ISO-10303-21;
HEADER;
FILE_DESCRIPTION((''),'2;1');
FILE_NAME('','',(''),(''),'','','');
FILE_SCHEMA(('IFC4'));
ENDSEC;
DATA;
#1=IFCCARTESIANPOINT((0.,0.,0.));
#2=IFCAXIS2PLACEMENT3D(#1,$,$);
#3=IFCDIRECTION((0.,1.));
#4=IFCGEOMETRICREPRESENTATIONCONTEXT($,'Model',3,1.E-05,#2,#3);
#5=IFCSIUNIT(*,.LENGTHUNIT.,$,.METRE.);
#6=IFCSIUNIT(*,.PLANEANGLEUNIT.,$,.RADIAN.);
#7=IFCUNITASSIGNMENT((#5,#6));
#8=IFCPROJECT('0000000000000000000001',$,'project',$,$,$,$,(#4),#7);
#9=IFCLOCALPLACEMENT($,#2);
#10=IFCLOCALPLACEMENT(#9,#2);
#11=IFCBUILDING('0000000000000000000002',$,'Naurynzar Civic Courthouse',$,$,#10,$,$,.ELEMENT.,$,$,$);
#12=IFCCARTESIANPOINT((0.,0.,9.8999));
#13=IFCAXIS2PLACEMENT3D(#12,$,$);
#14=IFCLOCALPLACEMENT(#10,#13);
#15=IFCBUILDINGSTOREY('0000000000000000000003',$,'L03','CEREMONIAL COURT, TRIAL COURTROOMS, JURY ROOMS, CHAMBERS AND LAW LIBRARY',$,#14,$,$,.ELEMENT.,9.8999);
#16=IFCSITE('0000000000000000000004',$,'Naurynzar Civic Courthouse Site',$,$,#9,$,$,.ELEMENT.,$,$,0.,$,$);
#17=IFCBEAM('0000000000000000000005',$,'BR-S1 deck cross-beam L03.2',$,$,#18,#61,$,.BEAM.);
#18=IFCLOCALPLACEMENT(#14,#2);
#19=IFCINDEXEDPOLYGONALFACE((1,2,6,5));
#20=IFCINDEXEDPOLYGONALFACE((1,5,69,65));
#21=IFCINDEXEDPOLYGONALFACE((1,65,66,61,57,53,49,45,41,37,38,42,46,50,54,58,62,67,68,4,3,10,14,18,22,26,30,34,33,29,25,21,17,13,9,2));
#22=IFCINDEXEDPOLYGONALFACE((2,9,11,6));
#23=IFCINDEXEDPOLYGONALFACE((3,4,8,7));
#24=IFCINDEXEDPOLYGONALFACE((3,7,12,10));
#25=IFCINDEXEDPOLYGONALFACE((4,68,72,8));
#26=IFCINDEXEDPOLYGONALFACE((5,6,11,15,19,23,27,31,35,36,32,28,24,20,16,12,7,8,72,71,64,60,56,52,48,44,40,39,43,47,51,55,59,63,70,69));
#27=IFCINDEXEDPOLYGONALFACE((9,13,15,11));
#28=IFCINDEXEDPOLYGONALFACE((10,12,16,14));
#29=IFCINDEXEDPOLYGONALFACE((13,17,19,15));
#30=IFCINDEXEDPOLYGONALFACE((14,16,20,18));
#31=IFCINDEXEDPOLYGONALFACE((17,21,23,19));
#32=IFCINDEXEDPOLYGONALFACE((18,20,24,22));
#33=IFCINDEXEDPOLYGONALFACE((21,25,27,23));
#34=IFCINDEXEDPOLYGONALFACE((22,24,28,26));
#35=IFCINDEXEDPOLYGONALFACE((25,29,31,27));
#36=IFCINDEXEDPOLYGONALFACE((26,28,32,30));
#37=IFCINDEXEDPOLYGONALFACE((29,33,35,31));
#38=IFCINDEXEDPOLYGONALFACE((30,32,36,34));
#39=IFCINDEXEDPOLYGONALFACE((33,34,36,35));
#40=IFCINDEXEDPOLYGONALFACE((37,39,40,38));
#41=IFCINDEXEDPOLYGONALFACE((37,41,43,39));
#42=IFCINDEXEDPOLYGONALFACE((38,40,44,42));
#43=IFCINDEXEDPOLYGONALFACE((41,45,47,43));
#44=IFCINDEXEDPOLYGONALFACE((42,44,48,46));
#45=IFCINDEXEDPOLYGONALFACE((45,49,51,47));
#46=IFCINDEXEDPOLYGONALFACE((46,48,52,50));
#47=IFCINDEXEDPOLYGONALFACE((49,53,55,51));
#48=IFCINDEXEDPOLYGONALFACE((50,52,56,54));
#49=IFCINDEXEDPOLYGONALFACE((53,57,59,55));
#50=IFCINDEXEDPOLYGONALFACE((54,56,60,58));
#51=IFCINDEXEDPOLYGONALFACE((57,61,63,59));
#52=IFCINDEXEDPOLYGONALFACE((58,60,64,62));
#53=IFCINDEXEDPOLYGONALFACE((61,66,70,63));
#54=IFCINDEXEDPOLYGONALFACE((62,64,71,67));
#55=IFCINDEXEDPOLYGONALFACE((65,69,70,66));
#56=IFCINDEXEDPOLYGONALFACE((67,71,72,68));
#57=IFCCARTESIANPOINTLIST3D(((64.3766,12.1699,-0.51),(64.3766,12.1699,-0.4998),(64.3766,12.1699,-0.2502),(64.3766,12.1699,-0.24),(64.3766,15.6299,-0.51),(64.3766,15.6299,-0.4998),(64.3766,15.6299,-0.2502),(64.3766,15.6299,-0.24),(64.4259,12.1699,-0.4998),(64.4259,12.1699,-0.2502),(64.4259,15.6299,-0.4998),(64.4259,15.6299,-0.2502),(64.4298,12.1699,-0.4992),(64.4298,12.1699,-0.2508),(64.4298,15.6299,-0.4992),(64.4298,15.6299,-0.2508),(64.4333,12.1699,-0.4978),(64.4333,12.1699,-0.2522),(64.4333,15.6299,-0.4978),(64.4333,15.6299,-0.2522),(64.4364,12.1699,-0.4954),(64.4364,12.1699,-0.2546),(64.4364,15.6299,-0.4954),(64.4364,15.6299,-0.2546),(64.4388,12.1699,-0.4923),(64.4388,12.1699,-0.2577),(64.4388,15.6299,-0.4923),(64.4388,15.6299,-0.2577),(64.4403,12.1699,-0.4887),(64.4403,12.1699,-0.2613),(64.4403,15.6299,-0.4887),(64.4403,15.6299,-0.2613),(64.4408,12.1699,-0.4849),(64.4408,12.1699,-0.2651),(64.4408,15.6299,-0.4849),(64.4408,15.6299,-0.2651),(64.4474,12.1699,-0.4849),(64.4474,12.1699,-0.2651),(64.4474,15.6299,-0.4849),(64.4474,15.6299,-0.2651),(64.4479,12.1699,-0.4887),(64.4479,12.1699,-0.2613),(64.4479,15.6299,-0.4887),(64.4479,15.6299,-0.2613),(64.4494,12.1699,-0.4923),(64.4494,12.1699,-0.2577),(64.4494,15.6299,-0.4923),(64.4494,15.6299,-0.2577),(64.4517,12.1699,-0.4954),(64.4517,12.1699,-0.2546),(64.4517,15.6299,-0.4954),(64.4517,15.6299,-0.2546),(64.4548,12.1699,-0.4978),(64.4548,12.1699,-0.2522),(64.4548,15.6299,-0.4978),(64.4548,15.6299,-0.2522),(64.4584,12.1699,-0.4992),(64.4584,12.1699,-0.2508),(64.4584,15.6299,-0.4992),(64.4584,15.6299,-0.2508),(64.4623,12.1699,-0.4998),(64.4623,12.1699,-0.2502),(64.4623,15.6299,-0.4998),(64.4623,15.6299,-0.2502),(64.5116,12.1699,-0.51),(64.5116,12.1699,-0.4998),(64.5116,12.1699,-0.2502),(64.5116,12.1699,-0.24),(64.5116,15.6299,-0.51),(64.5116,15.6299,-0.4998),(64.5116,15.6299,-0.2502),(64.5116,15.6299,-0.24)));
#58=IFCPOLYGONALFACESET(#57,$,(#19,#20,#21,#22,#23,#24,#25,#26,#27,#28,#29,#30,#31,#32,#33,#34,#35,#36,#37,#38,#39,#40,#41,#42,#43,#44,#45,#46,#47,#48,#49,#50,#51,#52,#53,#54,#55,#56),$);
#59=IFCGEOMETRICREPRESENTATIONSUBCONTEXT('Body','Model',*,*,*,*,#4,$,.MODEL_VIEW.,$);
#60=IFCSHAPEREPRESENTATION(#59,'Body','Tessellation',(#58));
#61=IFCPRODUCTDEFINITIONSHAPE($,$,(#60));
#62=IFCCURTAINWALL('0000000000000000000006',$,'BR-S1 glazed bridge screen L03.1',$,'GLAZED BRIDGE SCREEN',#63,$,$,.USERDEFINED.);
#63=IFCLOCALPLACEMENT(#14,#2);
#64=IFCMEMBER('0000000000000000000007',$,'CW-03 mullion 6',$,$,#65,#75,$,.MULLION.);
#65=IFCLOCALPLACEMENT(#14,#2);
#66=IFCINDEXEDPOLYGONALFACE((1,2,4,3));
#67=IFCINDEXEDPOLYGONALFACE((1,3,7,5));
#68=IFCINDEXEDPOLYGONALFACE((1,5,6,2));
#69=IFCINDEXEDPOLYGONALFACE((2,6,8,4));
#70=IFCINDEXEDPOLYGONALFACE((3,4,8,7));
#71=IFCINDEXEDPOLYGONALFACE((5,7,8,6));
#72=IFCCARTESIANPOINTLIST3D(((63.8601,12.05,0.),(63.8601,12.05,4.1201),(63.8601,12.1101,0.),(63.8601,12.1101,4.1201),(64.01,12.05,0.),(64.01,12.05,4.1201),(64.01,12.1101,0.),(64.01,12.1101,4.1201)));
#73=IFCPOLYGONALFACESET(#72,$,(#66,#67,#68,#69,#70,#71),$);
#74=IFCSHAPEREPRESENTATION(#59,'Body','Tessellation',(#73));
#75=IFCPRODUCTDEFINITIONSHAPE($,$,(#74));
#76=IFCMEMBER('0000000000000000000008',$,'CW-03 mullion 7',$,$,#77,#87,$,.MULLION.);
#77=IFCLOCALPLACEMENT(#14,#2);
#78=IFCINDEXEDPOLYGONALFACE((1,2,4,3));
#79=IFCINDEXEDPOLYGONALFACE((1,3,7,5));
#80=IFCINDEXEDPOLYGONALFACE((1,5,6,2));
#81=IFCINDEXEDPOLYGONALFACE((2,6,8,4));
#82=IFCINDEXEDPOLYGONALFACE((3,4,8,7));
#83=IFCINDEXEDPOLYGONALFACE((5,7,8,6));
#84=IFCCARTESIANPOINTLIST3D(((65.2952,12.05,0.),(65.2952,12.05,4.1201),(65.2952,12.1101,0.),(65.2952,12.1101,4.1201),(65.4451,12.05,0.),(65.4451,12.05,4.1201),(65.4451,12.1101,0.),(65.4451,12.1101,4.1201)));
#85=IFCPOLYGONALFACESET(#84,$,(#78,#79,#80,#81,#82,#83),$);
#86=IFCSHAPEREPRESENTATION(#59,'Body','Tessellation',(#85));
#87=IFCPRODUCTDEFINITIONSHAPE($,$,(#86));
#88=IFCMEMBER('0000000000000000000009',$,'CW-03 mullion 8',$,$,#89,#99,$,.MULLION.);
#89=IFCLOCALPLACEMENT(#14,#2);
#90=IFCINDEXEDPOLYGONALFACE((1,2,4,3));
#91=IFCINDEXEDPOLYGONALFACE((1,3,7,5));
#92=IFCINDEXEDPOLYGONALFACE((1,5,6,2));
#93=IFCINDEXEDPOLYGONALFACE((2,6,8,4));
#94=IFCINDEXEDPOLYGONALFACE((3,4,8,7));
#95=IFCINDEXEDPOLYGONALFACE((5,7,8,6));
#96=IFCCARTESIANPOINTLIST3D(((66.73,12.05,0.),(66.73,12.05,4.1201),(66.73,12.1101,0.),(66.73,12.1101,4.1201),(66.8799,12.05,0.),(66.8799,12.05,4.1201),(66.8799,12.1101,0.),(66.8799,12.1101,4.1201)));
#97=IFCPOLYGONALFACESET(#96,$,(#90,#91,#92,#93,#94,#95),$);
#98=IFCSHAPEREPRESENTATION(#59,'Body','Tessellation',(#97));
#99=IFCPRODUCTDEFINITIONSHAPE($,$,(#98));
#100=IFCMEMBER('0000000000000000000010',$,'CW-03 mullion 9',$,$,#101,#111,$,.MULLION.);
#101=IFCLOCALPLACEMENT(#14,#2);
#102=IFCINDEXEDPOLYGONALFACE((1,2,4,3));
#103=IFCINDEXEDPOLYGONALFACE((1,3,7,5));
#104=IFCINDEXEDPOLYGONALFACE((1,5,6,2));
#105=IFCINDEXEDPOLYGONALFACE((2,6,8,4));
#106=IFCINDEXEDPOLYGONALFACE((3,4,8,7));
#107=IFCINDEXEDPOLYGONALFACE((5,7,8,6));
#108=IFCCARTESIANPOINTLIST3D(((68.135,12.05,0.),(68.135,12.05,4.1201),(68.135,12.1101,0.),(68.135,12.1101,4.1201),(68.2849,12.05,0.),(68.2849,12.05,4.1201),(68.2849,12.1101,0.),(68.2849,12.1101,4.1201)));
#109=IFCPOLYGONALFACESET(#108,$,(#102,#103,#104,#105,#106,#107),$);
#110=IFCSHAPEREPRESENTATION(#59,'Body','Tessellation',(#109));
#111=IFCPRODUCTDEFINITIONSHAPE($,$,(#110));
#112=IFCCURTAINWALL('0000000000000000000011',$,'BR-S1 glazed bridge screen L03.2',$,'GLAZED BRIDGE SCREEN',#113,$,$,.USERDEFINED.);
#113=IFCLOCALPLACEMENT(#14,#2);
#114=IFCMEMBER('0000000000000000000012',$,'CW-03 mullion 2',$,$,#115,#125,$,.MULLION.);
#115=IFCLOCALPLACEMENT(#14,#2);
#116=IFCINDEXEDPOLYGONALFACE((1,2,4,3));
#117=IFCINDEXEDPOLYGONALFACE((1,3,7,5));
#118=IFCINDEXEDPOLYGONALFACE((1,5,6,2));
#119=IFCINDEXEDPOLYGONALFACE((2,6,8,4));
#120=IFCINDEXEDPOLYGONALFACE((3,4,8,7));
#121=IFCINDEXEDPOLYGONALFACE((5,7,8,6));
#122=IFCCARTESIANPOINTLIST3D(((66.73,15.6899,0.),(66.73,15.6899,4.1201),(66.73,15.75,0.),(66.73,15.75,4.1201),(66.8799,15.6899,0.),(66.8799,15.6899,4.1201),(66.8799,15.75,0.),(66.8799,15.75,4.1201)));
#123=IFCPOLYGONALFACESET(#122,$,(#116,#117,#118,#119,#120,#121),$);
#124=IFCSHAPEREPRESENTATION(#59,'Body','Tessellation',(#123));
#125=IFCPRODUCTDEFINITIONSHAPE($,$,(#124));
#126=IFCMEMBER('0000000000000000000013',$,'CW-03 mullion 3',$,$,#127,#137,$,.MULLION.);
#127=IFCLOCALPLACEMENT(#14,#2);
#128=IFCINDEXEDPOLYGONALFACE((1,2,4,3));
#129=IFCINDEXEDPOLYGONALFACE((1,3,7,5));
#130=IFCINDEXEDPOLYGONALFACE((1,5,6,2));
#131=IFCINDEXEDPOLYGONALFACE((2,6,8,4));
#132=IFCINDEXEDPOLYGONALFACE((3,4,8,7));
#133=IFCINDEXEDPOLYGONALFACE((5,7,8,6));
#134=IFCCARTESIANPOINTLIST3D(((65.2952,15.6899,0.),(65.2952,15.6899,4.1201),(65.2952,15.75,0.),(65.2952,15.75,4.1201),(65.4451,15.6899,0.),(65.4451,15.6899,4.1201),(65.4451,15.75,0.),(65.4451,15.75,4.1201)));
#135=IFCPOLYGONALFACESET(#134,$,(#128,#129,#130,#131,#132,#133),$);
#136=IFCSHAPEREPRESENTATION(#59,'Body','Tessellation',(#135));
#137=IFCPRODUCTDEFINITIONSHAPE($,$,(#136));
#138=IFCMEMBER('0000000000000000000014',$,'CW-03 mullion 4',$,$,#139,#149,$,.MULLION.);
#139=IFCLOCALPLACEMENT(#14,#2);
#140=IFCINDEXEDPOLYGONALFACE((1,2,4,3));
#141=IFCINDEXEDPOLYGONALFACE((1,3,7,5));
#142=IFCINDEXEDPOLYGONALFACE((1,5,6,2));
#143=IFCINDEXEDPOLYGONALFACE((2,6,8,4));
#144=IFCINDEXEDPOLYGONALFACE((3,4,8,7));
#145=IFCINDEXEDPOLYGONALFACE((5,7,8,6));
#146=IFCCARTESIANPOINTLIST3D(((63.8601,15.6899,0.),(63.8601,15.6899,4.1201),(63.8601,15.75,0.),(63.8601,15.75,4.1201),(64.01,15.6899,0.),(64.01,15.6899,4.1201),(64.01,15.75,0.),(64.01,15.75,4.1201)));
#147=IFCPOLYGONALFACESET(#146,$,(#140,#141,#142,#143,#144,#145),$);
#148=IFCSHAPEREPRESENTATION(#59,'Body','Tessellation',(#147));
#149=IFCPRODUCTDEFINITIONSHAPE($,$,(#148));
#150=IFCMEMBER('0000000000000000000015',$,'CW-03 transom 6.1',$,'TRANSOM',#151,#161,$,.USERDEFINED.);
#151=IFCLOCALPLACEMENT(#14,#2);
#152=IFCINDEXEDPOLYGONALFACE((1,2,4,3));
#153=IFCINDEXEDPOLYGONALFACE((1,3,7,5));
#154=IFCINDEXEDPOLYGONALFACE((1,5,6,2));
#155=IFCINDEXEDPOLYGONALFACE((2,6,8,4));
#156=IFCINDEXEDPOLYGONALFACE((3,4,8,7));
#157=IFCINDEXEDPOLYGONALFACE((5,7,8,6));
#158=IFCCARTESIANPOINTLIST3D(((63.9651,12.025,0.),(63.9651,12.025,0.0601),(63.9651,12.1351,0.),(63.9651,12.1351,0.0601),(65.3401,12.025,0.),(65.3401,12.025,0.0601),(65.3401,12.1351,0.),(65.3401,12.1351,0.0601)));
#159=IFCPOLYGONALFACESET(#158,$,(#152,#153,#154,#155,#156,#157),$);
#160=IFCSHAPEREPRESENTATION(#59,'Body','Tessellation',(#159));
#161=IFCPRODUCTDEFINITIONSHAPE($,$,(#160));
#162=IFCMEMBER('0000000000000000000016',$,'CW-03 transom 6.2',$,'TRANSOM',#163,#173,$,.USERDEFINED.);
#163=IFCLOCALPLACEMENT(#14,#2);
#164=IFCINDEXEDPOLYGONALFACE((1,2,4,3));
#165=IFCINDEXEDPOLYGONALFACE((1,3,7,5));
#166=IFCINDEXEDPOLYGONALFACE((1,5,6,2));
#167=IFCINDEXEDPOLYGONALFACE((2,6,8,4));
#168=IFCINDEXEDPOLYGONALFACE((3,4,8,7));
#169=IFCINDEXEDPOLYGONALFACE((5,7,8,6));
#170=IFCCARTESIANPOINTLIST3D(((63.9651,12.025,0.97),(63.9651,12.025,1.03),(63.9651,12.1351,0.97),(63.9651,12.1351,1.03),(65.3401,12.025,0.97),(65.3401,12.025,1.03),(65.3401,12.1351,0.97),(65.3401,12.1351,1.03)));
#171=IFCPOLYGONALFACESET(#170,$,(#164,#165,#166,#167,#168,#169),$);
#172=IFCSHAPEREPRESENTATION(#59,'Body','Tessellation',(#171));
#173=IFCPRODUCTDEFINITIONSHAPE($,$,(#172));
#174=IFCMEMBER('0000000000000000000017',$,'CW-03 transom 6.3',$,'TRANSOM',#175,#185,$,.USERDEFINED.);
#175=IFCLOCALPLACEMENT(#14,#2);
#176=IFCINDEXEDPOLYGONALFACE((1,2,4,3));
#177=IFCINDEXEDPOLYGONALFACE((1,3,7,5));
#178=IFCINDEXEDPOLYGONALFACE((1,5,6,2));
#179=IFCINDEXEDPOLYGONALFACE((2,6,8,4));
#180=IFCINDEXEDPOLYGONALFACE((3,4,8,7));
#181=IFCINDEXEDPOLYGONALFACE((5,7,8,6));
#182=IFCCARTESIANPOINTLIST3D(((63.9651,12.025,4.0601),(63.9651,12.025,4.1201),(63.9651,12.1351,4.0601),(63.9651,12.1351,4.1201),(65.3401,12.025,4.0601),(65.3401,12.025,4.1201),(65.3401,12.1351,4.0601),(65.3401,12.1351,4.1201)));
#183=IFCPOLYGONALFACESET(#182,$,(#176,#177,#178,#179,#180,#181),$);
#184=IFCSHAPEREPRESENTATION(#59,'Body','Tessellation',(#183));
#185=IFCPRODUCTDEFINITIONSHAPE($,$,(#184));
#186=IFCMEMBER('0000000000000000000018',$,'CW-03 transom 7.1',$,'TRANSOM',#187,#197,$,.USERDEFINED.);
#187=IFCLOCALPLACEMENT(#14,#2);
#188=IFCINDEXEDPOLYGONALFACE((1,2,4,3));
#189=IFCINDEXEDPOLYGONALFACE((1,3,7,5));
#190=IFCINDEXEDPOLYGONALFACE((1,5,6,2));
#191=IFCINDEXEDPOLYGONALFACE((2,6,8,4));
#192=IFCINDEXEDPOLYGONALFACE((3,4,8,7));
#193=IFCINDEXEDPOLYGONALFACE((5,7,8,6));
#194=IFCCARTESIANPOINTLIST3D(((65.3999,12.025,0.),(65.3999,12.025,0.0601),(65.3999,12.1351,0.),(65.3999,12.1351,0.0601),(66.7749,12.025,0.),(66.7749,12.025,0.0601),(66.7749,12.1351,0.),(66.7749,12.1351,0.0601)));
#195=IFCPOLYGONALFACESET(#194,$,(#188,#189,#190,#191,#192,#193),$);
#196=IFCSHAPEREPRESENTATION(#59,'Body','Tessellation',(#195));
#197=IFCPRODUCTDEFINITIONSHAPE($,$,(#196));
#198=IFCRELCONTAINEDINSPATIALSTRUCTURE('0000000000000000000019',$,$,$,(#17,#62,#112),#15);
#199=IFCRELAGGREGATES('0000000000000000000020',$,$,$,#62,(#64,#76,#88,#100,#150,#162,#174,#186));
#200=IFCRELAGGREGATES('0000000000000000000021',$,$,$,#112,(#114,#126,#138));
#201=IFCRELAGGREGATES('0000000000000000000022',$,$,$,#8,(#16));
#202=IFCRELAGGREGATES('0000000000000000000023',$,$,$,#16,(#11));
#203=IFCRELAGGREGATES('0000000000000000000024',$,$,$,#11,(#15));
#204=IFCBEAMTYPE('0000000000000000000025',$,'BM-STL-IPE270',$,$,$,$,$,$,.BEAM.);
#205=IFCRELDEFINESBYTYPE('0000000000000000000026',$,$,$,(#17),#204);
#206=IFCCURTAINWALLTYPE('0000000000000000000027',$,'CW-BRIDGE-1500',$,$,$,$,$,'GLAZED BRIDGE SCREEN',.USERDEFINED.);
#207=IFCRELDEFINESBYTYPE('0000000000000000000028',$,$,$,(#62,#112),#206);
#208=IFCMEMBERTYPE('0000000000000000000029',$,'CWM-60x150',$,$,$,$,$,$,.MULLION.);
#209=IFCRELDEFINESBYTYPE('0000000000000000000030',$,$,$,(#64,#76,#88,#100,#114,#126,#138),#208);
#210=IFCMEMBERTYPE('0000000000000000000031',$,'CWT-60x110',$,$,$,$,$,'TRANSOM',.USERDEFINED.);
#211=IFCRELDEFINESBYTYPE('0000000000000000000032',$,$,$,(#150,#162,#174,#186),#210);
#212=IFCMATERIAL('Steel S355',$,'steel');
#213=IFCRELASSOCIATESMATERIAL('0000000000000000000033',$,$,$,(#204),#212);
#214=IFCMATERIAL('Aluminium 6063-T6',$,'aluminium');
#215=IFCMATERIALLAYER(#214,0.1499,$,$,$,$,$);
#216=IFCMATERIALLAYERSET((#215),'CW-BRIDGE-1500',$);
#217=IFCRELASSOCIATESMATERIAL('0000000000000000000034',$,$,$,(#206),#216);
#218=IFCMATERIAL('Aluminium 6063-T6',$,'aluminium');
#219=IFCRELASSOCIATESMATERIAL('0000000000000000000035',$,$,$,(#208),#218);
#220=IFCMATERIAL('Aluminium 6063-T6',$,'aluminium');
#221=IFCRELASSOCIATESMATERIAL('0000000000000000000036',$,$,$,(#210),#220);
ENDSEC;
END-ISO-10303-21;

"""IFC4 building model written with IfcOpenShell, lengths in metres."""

from ifc_helpers import new_model, si_unit, direction, frame, origin, origin_2d, place, context, subcontext, project, spatial, rectangle, i_section, extrude, material, layer, layer_set, material_profile, profile_set, type_object, element, aggregate, save


model = new_model("IFC4")

# Units and contexts
model_context = context("Model", 3, precision=1e-05, world=origin(), true_north=direction((0.0, 1.0)))
body_context = subcontext(model_context, "Body", "Model", "MODEL_VIEW")
ifc_project = project(units=[si_unit("LENGTHUNIT", "METRE"), si_unit("PLANEANGLEUNIT", "RADIAN")], contexts=[model_context])

# Site, building, storey
site_placement = place(None, origin())
site = spatial("IfcSite", under=ifc_project, at=site_placement, Name="Naurynzar Civic Courthouse Site", CompositionType="ELEMENT", RefElevation=0.0)
building_placement = place(site_placement, origin())
building = spatial("IfcBuilding", under=site, at=building_placement, Name="Naurynzar Civic Courthouse", CompositionType="ELEMENT")
storey_placement = place(building_placement, frame((0.0, 0.0, 9.8999)))
storey = spatial("IfcBuildingStorey", under=building, at=storey_placement, Name="L03", Description="CEREMONIAL COURT, TRIAL COURTROOMS, JURY ROOMS, CHAMBERS AND LAW LIBRARY", CompositionType="ELEMENT", Elevation=9.8999)

# Beam
ifc_material_1 = material(Name="Steel S355", Category="steel")
ifc_material_profile_1 = material_profile(ifc_material_1, i_section(OverallWidth=0.135, OverallDepth=0.27, WebThickness=0.0066, FlangeThickness=0.0103, FilletRadius=0.0149, at=origin_2d()), Name="IPE 270")
ifc_profile_set_1 = profile_set([ifc_material_profile_1], Name="Steel S355")
beam_type = type_object("IfcBeamType", Name="BM-STL-IPE270", PredefinedType="BEAM", material=ifc_profile_set_1)
beam_placement = place(storey_placement, frame((64.4441, 12.1699, -0.375), z_axis=(0.0, 1.0, 0.0), x_axis=(-1.0, 0.0, 0.0)))
element("IfcBeam", 1, at=beam_placement, inside=storey, type_object=beam_type, Name="BR-S1 deck cross-beam L03.2", PredefinedType="BEAM", context=body_context, shape_type="SweptSolid", body=[
    extrude(i_section(OverallWidth=0.135, OverallDepth=0.27, WebThickness=0.0066, FlangeThickness=0.0103, FilletRadius=0.0149, at=origin_2d()), origin(), (0.0, 0.0, 1.0), 3.46),
])

# Curtain walls, members
ifc_material_2 = material(Name="Aluminium 6063-T6", Category="aluminium")
ifc_layer_1 = layer(ifc_material_2, 0.1499)
ifc_layer_set_1 = layer_set([ifc_layer_1], Name="CW-BRIDGE-1500")
curtain_wall_type = type_object("IfcCurtainWallType", Name="CW-BRIDGE-1500", ElementType="GLAZED BRIDGE SCREEN", PredefinedType="USERDEFINED", material=ifc_layer_set_1)
curtain_wall_1_placement = place(storey_placement, origin())
curtain_wall_1 = element("IfcCurtainWall", 2, at=curtain_wall_1_placement, inside=storey, type_object=curtain_wall_type, Name="BR-S1 glazed bridge screen L03.1", ObjectType="GLAZED BRIDGE SCREEN", PredefinedType="USERDEFINED")
ifc_material_3 = material(Name="Aluminium 6063-T6", Category="aluminium")
ifc_material_profile_2 = material_profile(ifc_material_3, rectangle(XDim=0.0601, YDim=0.1499, at=origin_2d()), Name="ALU MULLION 60x150")
ifc_profile_set_2 = profile_set([ifc_material_profile_2], Name="Aluminium 6063-T6")
member_type_1 = type_object("IfcMemberType", Name="CWM-60x150", PredefinedType="MULLION", material=ifc_profile_set_2)
member_1_placement = place(storey_placement, frame((63.9351, 12.0801, 0.0), z_axis=(0.0, 0.0, 1.0), x_axis=(0.0, 1.0, 0.0)))
member_1 = element("IfcMember", 3, at=member_1_placement, type_object=member_type_1, Name="CW-03 mullion 6", PredefinedType="MULLION", context=body_context, shape_type="SweptSolid", body=[
    extrude(rectangle(XDim=0.0601, YDim=0.1499, at=origin_2d()), origin(), (0.0, 0.0, 1.0), 4.1201),
])
member_2_placement = place(storey_placement, frame((65.3701, 12.0801, 0.0), z_axis=(0.0, 0.0, 1.0), x_axis=(0.0, 1.0, 0.0)))
member_2 = element("IfcMember", 4, at=member_2_placement, type_object=member_type_1, Name="CW-03 mullion 7", PredefinedType="MULLION", context=body_context, shape_type="SweptSolid", body=[
    extrude(rectangle(XDim=0.0601, YDim=0.1499, at=origin_2d()), origin(), (0.0, 0.0, 1.0), 4.1201),
])
member_3_placement = place(storey_placement, frame((66.8049, 12.0801, 0.0), z_axis=(0.0, 0.0, 1.0), x_axis=(0.0, 1.0, 0.0)))
member_3 = element("IfcMember", 5, at=member_3_placement, type_object=member_type_1, Name="CW-03 mullion 8", PredefinedType="MULLION", context=body_context, shape_type="SweptSolid", body=[
    extrude(rectangle(XDim=0.0601, YDim=0.1499, at=origin_2d()), origin(), (0.0, 0.0, 1.0), 4.1201),
])
member_4_placement = place(storey_placement, frame((68.21, 12.0801, 0.0), z_axis=(0.0, 0.0, 1.0), x_axis=(0.0, 1.0, 0.0)))
member_4 = element("IfcMember", 6, at=member_4_placement, type_object=member_type_1, Name="CW-03 mullion 9", PredefinedType="MULLION", context=body_context, shape_type="SweptSolid", body=[
    extrude(rectangle(XDim=0.0601, YDim=0.1499, at=origin_2d()), origin(), (0.0, 0.0, 1.0), 4.1201),
])
curtain_wall_2_placement = place(storey_placement, origin())
curtain_wall_2 = element("IfcCurtainWall", 7, at=curtain_wall_2_placement, inside=storey, type_object=curtain_wall_type, Name="BR-S1 glazed bridge screen L03.2", ObjectType="GLAZED BRIDGE SCREEN", PredefinedType="USERDEFINED")
member_5_placement = place(storey_placement, frame((66.8049, 15.72, 0.0), z_axis=(0.0, 0.0, 1.0), x_axis=(0.0, -1.0, 0.0)))
member_5 = element("IfcMember", 8, at=member_5_placement, type_object=member_type_1, Name="CW-03 mullion 2", PredefinedType="MULLION", context=body_context, shape_type="SweptSolid", body=[
    extrude(rectangle(XDim=0.0601, YDim=0.1499, at=origin_2d()), origin(), (0.0, 0.0, 1.0), 4.1201),
])
member_6_placement = place(storey_placement, frame((65.3701, 15.72, 0.0), z_axis=(0.0, 0.0, 1.0), x_axis=(0.0, -1.0, 0.0)))
member_6 = element("IfcMember", 9, at=member_6_placement, type_object=member_type_1, Name="CW-03 mullion 3", PredefinedType="MULLION", context=body_context, shape_type="SweptSolid", body=[
    extrude(rectangle(XDim=0.0601, YDim=0.1499, at=origin_2d()), origin(), (0.0, 0.0, 1.0), 4.1201),
])
member_7_placement = place(storey_placement, frame((63.9351, 15.72, 0.0), z_axis=(0.0, 0.0, 1.0), x_axis=(0.0, -1.0, 0.0)))
member_7 = element("IfcMember", 10, at=member_7_placement, type_object=member_type_1, Name="CW-03 mullion 4", PredefinedType="MULLION", context=body_context, shape_type="SweptSolid", body=[
    extrude(rectangle(XDim=0.0601, YDim=0.1499, at=origin_2d()), origin(), (0.0, 0.0, 1.0), 4.1201),
])

# Members
ifc_material_4 = material(Name="Aluminium 6063-T6", Category="aluminium")
ifc_material_profile_3 = material_profile(ifc_material_4, rectangle(XDim=0.1101, YDim=0.0601, at=origin_2d()), Name="ALU TRANSOM 60x110")
ifc_profile_set_3 = profile_set([ifc_material_profile_3], Name="Aluminium 6063-T6")
member_type_2 = type_object("IfcMemberType", Name="CWT-60x110", ElementType="TRANSOM", PredefinedType="USERDEFINED", material=ifc_profile_set_3)
member_8_placement = place(storey_placement, frame((63.9651, 12.0801, 0.03), z_axis=(1.0, 0.0, 0.0), x_axis=(0.0, 1.0, 0.0)))
member_8 = element("IfcMember", 11, at=member_8_placement, type_object=member_type_2, Name="CW-03 transom 6.1", ObjectType="TRANSOM", PredefinedType="USERDEFINED", context=body_context, shape_type="SweptSolid", body=[
    extrude(rectangle(XDim=0.1101, YDim=0.0601, at=origin_2d()), origin(), (0.0, 0.0, 1.0), 1.375),
])
member_9_placement = place(storey_placement, frame((63.9651, 12.0801, 1.0), z_axis=(1.0, 0.0, 0.0), x_axis=(0.0, 1.0, 0.0)))
member_9 = element("IfcMember", 12, at=member_9_placement, type_object=member_type_2, Name="CW-03 transom 6.2", ObjectType="TRANSOM", PredefinedType="USERDEFINED", context=body_context, shape_type="SweptSolid", body=[
    extrude(rectangle(XDim=0.1101, YDim=0.0601, at=origin_2d()), origin(), (0.0, 0.0, 1.0), 1.375),
])
member_10_placement = place(storey_placement, frame((63.9651, 12.0801, 4.0901), z_axis=(1.0, 0.0, 0.0), x_axis=(0.0, 1.0, 0.0)))
member_10 = element("IfcMember", 13, at=member_10_placement, type_object=member_type_2, Name="CW-03 transom 6.3", ObjectType="TRANSOM", PredefinedType="USERDEFINED", context=body_context, shape_type="SweptSolid", body=[
    extrude(rectangle(XDim=0.1101, YDim=0.0601, at=origin_2d()), origin(), (0.0, 0.0, 1.0), 1.375),
])
member_11_placement = place(storey_placement, frame((65.3999, 12.0801, 0.03), z_axis=(1.0, 0.0, 0.0), x_axis=(0.0, 1.0, 0.0)))
member_11 = element("IfcMember", 14, at=member_11_placement, type_object=member_type_2, Name="CW-03 transom 7.1", ObjectType="TRANSOM", PredefinedType="USERDEFINED", context=body_context, shape_type="SweptSolid", body=[
    extrude(rectangle(XDim=0.1101, YDim=0.0601, at=origin_2d()), origin(), (0.0, 0.0, 1.0), 1.375),
])

aggregate(curtain_wall_1, [member_1, member_2, member_3, member_4, member_8, member_9, member_10, member_11])
aggregate(curtain_wall_2, [member_5, member_6, member_7])

save(model, "model.ifc")
